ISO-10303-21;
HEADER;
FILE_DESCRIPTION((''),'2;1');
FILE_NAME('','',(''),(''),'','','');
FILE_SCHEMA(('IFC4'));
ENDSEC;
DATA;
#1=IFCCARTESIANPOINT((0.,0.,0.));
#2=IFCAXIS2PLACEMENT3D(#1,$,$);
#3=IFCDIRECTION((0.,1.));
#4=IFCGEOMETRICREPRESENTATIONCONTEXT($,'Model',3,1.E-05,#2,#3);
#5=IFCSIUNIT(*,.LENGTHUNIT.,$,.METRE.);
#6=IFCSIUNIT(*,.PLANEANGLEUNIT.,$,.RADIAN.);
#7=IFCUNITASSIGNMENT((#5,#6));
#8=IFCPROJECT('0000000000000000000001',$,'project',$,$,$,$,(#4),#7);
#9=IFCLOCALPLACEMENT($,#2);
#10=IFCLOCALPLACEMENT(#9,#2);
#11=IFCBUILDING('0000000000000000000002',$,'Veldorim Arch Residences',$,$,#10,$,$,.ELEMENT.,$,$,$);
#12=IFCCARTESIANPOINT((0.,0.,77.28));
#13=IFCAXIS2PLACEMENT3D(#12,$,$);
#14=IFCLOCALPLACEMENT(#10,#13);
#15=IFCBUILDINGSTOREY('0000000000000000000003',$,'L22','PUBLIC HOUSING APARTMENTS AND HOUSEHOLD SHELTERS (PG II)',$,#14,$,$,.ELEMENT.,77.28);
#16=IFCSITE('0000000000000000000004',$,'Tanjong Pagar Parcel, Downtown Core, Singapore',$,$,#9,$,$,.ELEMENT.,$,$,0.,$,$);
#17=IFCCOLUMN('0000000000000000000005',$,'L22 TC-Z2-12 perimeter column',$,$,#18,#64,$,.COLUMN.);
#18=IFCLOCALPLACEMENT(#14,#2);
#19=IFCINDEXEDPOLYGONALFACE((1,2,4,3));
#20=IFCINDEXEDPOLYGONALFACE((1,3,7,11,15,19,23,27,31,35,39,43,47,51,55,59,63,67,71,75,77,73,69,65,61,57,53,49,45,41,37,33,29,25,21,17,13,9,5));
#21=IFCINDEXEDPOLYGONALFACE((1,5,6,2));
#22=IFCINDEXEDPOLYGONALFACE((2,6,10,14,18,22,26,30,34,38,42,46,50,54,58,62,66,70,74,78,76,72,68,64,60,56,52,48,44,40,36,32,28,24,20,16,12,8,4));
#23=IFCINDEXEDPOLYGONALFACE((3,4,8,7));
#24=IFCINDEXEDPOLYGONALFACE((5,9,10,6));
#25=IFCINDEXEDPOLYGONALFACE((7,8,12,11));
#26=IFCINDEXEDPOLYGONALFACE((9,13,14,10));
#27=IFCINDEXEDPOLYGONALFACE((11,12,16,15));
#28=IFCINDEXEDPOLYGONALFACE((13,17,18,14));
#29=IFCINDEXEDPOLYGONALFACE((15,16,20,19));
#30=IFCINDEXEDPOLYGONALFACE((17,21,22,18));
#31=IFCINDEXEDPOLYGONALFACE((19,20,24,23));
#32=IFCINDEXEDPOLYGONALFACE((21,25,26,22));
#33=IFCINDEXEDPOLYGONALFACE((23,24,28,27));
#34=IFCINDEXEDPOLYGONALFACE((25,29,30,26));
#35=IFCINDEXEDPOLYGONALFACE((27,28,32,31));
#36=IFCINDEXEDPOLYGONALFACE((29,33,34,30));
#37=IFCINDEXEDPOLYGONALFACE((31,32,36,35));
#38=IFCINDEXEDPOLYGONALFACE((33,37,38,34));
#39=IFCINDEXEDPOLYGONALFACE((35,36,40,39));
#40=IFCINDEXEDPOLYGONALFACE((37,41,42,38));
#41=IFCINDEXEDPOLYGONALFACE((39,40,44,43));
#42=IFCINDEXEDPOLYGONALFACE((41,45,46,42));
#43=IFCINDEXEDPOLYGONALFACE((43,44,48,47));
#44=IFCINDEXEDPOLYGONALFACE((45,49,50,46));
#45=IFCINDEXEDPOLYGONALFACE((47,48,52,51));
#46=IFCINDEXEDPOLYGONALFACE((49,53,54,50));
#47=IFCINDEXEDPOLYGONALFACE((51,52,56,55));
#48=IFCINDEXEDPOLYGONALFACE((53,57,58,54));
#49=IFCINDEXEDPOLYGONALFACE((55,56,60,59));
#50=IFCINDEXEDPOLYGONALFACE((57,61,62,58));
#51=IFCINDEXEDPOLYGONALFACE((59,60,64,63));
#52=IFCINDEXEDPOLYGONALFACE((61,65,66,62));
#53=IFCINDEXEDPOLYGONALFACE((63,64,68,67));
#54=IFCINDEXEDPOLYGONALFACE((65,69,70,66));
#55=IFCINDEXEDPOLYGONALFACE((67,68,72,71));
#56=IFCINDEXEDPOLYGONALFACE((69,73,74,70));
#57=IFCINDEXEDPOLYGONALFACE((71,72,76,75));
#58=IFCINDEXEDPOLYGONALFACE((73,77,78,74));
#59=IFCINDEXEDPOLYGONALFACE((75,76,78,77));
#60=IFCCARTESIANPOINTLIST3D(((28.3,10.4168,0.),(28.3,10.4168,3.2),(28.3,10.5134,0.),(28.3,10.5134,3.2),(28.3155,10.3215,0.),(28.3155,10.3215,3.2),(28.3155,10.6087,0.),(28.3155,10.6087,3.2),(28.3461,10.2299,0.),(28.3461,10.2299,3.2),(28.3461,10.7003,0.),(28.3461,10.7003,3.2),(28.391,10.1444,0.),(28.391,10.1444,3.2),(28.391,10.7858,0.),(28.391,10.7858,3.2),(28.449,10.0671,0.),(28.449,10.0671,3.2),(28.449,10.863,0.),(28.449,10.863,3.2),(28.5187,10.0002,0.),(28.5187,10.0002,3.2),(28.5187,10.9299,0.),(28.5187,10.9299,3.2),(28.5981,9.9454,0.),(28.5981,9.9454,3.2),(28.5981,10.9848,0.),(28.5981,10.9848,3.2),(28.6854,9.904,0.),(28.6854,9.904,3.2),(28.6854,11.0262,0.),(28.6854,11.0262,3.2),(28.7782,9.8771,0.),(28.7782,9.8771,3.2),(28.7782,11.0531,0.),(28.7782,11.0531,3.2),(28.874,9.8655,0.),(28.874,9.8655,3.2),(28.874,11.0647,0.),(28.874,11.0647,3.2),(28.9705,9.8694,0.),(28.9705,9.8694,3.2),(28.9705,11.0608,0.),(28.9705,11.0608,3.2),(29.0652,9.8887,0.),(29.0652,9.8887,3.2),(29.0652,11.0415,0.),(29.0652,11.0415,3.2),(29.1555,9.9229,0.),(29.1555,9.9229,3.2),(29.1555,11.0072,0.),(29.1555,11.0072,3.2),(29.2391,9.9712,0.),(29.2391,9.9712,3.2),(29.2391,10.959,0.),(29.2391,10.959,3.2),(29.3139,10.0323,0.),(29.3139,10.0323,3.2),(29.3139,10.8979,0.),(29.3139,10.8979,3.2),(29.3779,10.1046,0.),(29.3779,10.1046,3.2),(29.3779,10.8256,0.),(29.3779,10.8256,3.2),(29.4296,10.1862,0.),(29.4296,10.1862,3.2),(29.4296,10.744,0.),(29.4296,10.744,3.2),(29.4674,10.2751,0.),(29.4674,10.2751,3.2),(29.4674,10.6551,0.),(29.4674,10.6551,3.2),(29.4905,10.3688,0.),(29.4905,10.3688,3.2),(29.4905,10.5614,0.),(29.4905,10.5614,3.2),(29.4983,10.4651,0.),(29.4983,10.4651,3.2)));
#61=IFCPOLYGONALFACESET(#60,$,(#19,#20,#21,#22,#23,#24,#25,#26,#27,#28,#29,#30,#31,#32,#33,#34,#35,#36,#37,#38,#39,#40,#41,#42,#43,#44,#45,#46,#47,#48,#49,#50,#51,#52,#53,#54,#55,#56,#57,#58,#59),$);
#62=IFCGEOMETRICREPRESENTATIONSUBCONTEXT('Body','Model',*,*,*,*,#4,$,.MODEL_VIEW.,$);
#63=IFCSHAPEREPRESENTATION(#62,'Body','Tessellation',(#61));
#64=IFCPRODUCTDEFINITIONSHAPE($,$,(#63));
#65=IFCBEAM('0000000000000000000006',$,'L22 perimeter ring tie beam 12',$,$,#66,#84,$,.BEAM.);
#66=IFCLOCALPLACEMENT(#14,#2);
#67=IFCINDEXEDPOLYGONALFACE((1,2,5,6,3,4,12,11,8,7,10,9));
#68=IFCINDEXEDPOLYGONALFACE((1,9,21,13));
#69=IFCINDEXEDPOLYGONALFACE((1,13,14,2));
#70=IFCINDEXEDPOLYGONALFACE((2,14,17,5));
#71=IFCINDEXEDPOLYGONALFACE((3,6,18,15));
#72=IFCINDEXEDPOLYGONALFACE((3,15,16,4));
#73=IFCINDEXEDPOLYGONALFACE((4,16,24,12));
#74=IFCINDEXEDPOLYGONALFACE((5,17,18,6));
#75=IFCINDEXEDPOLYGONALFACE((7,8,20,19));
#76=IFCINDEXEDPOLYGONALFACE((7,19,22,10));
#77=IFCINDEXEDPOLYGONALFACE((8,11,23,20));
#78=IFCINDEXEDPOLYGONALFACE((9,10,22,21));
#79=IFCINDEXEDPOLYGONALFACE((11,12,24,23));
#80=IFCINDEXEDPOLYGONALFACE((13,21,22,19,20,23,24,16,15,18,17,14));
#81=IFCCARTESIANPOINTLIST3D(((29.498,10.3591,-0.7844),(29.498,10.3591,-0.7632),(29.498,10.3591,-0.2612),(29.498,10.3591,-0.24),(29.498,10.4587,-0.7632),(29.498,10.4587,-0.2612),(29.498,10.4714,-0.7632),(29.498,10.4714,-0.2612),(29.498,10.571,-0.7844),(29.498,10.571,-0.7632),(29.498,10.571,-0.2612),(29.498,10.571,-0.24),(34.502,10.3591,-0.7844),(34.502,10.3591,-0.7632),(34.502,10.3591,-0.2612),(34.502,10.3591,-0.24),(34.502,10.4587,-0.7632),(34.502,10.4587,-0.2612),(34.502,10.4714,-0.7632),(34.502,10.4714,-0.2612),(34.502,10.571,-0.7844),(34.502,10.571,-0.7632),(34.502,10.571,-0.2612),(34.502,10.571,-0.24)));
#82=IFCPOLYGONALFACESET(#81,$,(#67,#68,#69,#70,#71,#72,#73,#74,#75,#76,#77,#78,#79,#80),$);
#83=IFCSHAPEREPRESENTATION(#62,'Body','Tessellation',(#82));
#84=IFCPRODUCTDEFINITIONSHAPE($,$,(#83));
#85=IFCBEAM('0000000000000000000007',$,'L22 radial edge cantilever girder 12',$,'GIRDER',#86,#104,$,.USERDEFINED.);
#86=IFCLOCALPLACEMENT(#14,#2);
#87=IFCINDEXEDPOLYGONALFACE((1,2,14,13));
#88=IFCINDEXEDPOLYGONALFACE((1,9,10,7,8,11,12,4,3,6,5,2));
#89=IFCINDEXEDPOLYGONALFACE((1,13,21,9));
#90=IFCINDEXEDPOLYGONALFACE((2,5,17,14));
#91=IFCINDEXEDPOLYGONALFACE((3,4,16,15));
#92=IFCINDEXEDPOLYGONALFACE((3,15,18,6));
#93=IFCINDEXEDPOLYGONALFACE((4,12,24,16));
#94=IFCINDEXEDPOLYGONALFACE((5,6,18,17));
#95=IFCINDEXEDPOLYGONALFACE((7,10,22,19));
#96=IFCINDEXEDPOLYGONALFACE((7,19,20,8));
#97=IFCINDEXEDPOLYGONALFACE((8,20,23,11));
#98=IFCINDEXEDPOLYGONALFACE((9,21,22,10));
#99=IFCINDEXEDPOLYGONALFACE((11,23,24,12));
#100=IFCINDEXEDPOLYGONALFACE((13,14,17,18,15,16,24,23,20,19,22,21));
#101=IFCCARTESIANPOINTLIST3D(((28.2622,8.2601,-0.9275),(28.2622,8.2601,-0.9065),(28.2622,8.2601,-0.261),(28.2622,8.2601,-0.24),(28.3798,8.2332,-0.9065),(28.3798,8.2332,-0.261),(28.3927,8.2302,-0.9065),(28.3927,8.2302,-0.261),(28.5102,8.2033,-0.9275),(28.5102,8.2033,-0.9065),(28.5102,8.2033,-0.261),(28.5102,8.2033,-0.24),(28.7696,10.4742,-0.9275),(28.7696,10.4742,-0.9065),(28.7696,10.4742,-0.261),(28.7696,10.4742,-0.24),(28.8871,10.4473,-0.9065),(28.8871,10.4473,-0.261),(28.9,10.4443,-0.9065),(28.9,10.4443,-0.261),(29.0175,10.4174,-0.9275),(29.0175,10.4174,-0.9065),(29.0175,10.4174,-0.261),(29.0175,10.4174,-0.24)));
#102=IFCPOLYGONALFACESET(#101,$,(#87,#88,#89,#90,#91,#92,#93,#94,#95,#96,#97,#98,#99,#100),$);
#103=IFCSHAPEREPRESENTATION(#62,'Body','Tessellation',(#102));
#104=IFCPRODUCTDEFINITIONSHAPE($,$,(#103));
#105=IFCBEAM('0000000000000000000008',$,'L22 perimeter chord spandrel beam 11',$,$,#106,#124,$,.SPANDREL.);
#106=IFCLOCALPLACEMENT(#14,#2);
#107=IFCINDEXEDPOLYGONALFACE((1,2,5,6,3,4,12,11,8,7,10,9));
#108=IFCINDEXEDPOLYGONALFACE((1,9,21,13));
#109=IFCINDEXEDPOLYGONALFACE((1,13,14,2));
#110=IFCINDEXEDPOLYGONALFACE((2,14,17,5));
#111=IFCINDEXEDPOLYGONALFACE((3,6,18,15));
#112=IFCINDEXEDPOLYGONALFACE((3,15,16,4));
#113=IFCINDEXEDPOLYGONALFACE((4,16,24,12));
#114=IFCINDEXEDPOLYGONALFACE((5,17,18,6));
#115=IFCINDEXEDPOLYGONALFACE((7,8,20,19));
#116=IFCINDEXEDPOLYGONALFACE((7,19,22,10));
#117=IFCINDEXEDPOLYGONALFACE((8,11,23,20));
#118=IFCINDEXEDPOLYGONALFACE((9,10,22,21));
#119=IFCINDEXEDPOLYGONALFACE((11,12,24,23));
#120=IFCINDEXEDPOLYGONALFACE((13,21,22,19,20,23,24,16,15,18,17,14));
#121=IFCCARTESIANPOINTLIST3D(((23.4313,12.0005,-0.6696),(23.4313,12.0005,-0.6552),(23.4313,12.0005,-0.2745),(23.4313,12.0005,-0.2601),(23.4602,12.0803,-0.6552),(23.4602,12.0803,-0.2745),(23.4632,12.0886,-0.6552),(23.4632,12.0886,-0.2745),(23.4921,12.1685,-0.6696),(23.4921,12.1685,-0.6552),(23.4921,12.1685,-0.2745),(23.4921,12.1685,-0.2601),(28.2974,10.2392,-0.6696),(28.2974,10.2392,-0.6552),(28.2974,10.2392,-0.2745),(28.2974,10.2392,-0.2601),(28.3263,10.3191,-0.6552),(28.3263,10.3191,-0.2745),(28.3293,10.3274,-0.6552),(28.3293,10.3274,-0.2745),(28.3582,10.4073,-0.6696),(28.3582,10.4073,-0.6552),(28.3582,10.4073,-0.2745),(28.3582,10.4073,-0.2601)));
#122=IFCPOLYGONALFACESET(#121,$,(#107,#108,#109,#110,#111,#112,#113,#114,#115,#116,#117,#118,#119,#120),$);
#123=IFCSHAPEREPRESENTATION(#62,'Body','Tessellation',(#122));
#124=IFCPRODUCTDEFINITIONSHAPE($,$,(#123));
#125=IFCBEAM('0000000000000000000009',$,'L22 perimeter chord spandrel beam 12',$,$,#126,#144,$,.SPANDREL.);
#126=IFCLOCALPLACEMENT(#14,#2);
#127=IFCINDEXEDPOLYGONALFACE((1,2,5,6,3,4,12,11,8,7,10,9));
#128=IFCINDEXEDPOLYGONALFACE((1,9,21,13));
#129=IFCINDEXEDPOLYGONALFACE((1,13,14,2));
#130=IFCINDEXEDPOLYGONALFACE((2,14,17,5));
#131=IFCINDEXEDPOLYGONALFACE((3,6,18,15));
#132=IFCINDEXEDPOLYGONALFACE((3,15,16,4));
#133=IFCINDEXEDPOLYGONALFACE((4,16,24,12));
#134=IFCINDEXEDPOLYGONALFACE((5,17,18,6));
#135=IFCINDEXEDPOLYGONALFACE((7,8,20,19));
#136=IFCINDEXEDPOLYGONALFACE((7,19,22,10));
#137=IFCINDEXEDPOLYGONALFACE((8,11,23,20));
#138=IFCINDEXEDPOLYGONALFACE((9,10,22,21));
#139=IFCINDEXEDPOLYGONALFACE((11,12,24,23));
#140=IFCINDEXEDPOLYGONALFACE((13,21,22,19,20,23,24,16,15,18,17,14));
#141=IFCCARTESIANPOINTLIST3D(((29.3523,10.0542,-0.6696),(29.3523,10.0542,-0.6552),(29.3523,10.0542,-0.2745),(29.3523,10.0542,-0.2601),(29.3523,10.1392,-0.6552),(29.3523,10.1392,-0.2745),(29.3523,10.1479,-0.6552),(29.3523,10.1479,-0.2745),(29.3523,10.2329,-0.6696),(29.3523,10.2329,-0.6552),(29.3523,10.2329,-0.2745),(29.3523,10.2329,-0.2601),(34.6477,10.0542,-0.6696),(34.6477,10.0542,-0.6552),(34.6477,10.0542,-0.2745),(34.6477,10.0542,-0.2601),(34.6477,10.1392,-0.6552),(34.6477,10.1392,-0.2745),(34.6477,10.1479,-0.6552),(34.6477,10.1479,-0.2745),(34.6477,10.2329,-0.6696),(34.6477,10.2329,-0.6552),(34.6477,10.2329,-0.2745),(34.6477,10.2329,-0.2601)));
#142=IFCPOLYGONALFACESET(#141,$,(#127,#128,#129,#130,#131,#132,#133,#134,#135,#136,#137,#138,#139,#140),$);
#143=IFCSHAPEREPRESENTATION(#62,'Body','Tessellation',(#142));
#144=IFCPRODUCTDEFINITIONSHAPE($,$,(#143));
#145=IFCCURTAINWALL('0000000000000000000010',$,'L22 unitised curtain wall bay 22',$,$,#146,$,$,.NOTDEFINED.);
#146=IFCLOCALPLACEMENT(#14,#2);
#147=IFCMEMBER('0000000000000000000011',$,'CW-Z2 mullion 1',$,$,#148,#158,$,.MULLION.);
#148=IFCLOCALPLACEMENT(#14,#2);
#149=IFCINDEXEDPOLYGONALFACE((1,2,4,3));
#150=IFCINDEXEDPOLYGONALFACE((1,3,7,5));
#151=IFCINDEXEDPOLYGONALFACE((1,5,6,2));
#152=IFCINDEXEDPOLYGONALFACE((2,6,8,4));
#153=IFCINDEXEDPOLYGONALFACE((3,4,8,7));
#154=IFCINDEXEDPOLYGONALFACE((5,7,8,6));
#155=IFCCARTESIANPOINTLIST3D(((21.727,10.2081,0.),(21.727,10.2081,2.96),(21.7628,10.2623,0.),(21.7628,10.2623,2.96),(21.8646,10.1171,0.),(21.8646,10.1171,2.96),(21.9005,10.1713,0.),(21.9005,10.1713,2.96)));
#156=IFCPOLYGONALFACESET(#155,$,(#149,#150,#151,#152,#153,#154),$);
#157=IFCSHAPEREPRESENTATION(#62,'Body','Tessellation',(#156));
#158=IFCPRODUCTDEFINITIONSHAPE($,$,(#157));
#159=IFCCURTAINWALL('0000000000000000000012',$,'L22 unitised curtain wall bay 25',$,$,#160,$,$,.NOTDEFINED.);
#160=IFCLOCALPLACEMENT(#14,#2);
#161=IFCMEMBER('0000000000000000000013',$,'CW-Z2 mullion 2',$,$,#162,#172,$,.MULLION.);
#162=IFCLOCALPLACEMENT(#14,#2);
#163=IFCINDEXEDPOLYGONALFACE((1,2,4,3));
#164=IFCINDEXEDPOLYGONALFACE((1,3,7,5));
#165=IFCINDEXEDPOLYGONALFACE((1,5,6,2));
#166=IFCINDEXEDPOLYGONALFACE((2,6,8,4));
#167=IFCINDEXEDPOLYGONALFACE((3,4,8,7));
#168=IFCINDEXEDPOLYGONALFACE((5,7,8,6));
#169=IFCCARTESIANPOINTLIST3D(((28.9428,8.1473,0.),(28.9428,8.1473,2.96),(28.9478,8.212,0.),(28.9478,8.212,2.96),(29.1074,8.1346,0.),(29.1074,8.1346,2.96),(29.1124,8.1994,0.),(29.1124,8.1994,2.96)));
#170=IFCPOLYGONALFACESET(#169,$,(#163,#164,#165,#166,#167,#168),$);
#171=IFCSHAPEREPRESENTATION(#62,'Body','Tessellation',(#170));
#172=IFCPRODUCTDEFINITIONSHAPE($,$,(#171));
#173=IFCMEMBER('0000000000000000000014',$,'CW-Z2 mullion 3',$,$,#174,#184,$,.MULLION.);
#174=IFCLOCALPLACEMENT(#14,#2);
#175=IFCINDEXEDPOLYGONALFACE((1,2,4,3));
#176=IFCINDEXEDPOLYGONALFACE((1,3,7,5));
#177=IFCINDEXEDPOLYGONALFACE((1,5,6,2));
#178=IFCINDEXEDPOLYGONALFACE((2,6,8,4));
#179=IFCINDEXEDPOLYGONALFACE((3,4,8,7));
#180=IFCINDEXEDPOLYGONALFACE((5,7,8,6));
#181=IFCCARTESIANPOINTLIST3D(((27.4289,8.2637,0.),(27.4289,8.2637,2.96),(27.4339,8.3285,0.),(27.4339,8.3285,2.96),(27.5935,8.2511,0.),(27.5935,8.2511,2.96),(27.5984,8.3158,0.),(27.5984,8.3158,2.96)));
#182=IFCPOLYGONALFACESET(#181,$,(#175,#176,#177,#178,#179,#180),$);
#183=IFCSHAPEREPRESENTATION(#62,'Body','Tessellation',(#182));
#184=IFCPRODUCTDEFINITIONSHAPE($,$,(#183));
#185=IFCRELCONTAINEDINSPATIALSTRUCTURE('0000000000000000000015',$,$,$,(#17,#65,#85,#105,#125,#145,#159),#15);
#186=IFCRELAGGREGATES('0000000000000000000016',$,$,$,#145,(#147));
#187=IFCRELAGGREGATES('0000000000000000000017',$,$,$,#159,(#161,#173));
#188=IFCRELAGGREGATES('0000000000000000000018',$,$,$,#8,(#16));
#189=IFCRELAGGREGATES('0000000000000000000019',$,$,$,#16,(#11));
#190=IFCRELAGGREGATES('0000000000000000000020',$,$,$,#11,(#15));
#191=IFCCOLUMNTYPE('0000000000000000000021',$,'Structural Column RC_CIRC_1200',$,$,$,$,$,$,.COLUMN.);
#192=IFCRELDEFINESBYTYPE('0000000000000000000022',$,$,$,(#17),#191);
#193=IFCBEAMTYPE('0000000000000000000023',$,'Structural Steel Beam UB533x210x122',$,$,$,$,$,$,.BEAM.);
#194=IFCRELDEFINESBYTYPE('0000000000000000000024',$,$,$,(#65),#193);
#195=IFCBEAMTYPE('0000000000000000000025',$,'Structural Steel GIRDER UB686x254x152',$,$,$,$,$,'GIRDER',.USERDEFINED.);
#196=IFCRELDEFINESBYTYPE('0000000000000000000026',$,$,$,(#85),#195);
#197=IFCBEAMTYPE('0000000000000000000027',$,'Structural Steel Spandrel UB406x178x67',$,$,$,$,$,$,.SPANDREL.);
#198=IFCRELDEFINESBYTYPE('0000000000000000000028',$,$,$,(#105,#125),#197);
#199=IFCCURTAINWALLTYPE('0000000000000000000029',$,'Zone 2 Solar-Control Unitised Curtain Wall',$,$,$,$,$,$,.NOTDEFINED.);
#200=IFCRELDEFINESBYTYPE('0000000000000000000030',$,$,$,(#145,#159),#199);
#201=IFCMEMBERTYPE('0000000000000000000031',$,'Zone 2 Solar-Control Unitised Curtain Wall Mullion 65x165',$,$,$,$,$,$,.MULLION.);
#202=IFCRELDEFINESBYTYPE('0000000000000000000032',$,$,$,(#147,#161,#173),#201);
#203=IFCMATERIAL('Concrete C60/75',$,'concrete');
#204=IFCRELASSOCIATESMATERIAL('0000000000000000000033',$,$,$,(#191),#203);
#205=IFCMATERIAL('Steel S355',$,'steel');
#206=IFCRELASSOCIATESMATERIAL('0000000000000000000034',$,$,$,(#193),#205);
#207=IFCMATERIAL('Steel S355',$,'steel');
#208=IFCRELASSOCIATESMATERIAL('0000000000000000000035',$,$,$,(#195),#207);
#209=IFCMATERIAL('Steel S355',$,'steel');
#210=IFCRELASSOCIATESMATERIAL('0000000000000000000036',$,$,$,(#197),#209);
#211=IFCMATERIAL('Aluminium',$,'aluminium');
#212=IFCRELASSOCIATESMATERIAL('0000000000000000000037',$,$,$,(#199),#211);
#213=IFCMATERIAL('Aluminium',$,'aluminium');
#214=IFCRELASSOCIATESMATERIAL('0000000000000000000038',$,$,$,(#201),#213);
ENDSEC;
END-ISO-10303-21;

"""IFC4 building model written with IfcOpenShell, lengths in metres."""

from ifc_helpers import new_model, si_unit, direction, frame, origin, origin_2d, place, context, subcontext, project, spatial, rectangle, circle, i_section, extrude, material, material_profile, profile_set, type_object, element, aggregate, save


model = new_model("IFC4")

# Units and contexts
model_context = context("Model", 3, precision=1e-05, world=origin(), true_north=direction((0.0, 1.0)))
body_context = subcontext(model_context, "Body", "Model", "MODEL_VIEW")
ifc_project = project(units=[si_unit("LENGTHUNIT", "METRE"), si_unit("PLANEANGLEUNIT", "RADIAN")], contexts=[model_context])

# Site, building, storey
site_placement = place(None, origin())
site = spatial("IfcSite", under=ifc_project, at=site_placement, Name="Tanjong Pagar Parcel, Downtown Core, Singapore", CompositionType="ELEMENT", RefElevation=0.0)
building_placement = place(site_placement, origin())
building = spatial("IfcBuilding", under=site, at=building_placement, Name="Veldorim Arch Residences", CompositionType="ELEMENT")
storey_placement = place(building_placement, frame((0.0, 0.0, 77.28)))
storey = spatial("IfcBuildingStorey", under=building, at=storey_placement, Name="L22", Description="PUBLIC HOUSING APARTMENTS AND HOUSEHOLD SHELTERS (PG II)", CompositionType="ELEMENT", Elevation=77.28)

# Column
ifc_material_1 = material(Name="Concrete C60/75", Category="concrete")
ifc_material_profile_1 = material_profile(ifc_material_1, circle(Radius=0.6001, at=origin_2d()), Name="RC_CIRC_1200")
ifc_profile_set_1 = profile_set([ifc_material_profile_1], Name="Concrete C60/75")
column_type = type_object("IfcColumnType", Name="Structural Column RC_CIRC_1200", PredefinedType="COLUMN", material=ifc_profile_set_1)
column_placement = place(storey_placement, frame((28.8982, 10.4651, 0.0), z_axis=(0.0, 0.0, 1.0), x_axis=(1.0, 0.0, 0.0)))
element("IfcColumn", 1, at=column_placement, inside=storey, type_object=column_type, Name="L22 TC-Z2-12 perimeter column", PredefinedType="COLUMN", context=body_context, shape_type="SweptSolid", body=[
    extrude(circle(Radius=0.6001, at=origin_2d()), origin(), (0.0, 0.0, 1.0), 3.2),
])

# Beams
ifc_material_2 = material(Name="Steel S355", Category="steel")
ifc_material_profile_2 = material_profile(ifc_material_2, i_section(OverallWidth=0.2119, OverallDepth=0.5444, WebThickness=0.0127, FlangeThickness=0.0212, at=origin_2d()), Name="UB533x210x122")
ifc_profile_set_2 = profile_set([ifc_material_profile_2], Name="Steel S355")
beam_type_1 = type_object("IfcBeamType", Name="Structural Steel Beam UB533x210x122", PredefinedType="BEAM", material=ifc_profile_set_2)
beam_1_placement = place(storey_placement, frame((29.498, 10.4651, -0.5122), z_axis=(1.0, 0.0, 0.0), x_axis=(0.0, 1.0, 0.0)))
element("IfcBeam", 2, at=beam_1_placement, inside=storey, type_object=beam_type_1, Name="L22 perimeter ring tie beam 12", PredefinedType="BEAM", context=body_context, shape_type="SweptSolid", body=[
    extrude(i_section(OverallWidth=0.2119, OverallDepth=0.5444, WebThickness=0.0127, FlangeThickness=0.0212, at=origin_2d()), origin(), (0.0, 0.0, 1.0), 5.0039),
])
ifc_material_3 = material(Name="Steel S355", Category="steel")
ifc_material_profile_3 = material_profile(ifc_material_3, i_section(OverallWidth=0.2544, OverallDepth=0.6875, WebThickness=0.0132, FlangeThickness=0.021, at=origin_2d()), Name="UB686x254x152")
ifc_profile_set_3 = profile_set([ifc_material_profile_3], Name="Steel S355")
beam_type_2 = type_object("IfcBeamType", Name="Structural Steel GIRDER UB686x254x152", ElementType="GIRDER", PredefinedType="USERDEFINED", material=ifc_profile_set_3)
beam_2_placement = place(storey_placement, frame((28.8936, 10.4458, -0.5837), z_axis=(-0.223344, -0.97474, 0.0), x_axis=(0.97474, -0.223344, 0.0)))
element("IfcBeam", 3, at=beam_2_placement, inside=storey, type_object=beam_type_2, Name="L22 radial edge cantilever girder 12", ObjectType="GIRDER", PredefinedType="USERDEFINED", context=body_context, shape_type="SweptSolid", body=[
    extrude(i_section(OverallWidth=0.2544, OverallDepth=0.6875, WebThickness=0.0132, FlangeThickness=0.021, at=origin_2d()), origin(), (0.0, 0.0, 1.0), 2.2715),
])
ifc_material_4 = material(Name="Steel S355", Category="steel")
ifc_material_profile_4 = material_profile(ifc_material_4, i_section(OverallWidth=0.1787, OverallDepth=0.4094, WebThickness=0.0088, FlangeThickness=0.0144, at=origin_2d()), Name="UB406x178x67")
ifc_profile_set_4 = profile_set([ifc_material_profile_4], Name="Steel S355")
beam_type_3 = type_object("IfcBeamType", Name="Structural Steel Spandrel UB406x178x67", PredefinedType="SPANDREL", material=ifc_profile_set_4)
beam_3_placement = place(storey_placement, frame((23.4617, 12.0845, -0.4648), z_axis=(0.940308, -0.340326, 0.0), x_axis=(0.340326, 0.940308, 0.0)))
element("IfcBeam", 4, at=beam_3_placement, inside=storey, type_object=beam_type_3, Name="L22 perimeter chord spandrel beam 11", PredefinedType="SPANDREL", context=body_context, shape_type="SweptSolid", body=[
    extrude(i_section(OverallWidth=0.1787, OverallDepth=0.4094, WebThickness=0.0088, FlangeThickness=0.0144, at=origin_2d()), origin(), (0.0, 0.0, 1.0), 5.175),
])
beam_4_placement = place(storey_placement, frame((29.3523, 10.1436, -0.4648), z_axis=(1.0, 0.0, 0.0), x_axis=(0.0, 1.0, 0.0)))
element("IfcBeam", 5, at=beam_4_placement, inside=storey, type_object=beam_type_3, Name="L22 perimeter chord spandrel beam 12", PredefinedType="SPANDREL", context=body_context, shape_type="SweptSolid", body=[
    extrude(i_section(OverallWidth=0.1787, OverallDepth=0.4094, WebThickness=0.0088, FlangeThickness=0.0144, at=origin_2d()), origin(), (0.0, 0.0, 1.0), 5.2954),
])

# Curtain wall, member
ifc_material_5 = material(Name="Aluminium", Category="aluminium")
curtain_wall_type = type_object("IfcCurtainWallType", Name="Zone 2 Solar-Control Unitised Curtain Wall", PredefinedType="NOTDEFINED", material=ifc_material_5)
curtain_wall_1_placement = place(storey_placement, origin())
curtain_wall_1 = element("IfcCurtainWall", 6, at=curtain_wall_1_placement, inside=storey, type_object=curtain_wall_type, Name="L22 unitised curtain wall bay 22", PredefinedType="NOTDEFINED")
ifc_material_6 = material(Name="Aluminium", Category="aluminium")
ifc_material_profile_5 = material_profile(ifc_material_6, rectangle(XDim=0.0649, YDim=0.165, at=origin_2d()), Name="ALU_MUL_65x165")
ifc_profile_set_5 = profile_set([ifc_material_profile_5], Name="Aluminium")
member_type_1 = type_object("IfcMemberType", Name="Zone 2 Solar-Control Unitised Curtain Wall Mullion 65x165", PredefinedType="MULLION", material=ifc_profile_set_5)
member_1_placement = place(storey_placement, frame((21.8137, 10.1897, 0.0), z_axis=(0.0, 0.0, 1.0), x_axis=(-0.551503, -0.834173, 0.0)))
member_1 = element("IfcMember", 7, at=member_1_placement, type_object=member_type_1, Name="CW-Z2 mullion 1", PredefinedType="MULLION", context=body_context, shape_type="SweptSolid", body=[
    extrude(rectangle(XDim=0.0649, YDim=0.165, at=origin_2d()), origin(), (0.0, 0.0, 1.0), 2.96),
])

# Curtain wall, members
curtain_wall_2_placement = place(storey_placement, origin())
curtain_wall_2 = element("IfcCurtainWall", 8, at=curtain_wall_2_placement, inside=storey, type_object=curtain_wall_type, Name="L22 unitised curtain wall bay 25", PredefinedType="NOTDEFINED")
member_2_placement = place(storey_placement, frame((29.0276, 8.1733, 0.0), z_axis=(0.0, 0.0, 1.0), x_axis=(-0.076696, -0.997054, 0.0)))
member_2 = element("IfcMember", 9, at=member_2_placement, type_object=member_type_1, Name="CW-Z2 mullion 2", PredefinedType="MULLION", context=body_context, shape_type="SweptSolid", body=[
    extrude(rectangle(XDim=0.0649, YDim=0.165, at=origin_2d()), origin(), (0.0, 0.0, 1.0), 2.96),
])
member_3_placement = place(storey_placement, frame((27.5137, 8.2898, 0.0), z_axis=(0.0, 0.0, 1.0), x_axis=(-0.076696, -0.997054, 0.0)))
member_3 = element("IfcMember", 10, at=member_3_placement, type_object=member_type_1, Name="CW-Z2 mullion 3", PredefinedType="MULLION", context=body_context, shape_type="SweptSolid", body=[
    extrude(rectangle(XDim=0.0649, YDim=0.165, at=origin_2d()), origin(), (0.0, 0.0, 1.0), 2.96),
])

aggregate(curtain_wall_1, [member_1])

aggregate(curtain_wall_2, [member_2, member_3])

save(model, "model.ifc")
